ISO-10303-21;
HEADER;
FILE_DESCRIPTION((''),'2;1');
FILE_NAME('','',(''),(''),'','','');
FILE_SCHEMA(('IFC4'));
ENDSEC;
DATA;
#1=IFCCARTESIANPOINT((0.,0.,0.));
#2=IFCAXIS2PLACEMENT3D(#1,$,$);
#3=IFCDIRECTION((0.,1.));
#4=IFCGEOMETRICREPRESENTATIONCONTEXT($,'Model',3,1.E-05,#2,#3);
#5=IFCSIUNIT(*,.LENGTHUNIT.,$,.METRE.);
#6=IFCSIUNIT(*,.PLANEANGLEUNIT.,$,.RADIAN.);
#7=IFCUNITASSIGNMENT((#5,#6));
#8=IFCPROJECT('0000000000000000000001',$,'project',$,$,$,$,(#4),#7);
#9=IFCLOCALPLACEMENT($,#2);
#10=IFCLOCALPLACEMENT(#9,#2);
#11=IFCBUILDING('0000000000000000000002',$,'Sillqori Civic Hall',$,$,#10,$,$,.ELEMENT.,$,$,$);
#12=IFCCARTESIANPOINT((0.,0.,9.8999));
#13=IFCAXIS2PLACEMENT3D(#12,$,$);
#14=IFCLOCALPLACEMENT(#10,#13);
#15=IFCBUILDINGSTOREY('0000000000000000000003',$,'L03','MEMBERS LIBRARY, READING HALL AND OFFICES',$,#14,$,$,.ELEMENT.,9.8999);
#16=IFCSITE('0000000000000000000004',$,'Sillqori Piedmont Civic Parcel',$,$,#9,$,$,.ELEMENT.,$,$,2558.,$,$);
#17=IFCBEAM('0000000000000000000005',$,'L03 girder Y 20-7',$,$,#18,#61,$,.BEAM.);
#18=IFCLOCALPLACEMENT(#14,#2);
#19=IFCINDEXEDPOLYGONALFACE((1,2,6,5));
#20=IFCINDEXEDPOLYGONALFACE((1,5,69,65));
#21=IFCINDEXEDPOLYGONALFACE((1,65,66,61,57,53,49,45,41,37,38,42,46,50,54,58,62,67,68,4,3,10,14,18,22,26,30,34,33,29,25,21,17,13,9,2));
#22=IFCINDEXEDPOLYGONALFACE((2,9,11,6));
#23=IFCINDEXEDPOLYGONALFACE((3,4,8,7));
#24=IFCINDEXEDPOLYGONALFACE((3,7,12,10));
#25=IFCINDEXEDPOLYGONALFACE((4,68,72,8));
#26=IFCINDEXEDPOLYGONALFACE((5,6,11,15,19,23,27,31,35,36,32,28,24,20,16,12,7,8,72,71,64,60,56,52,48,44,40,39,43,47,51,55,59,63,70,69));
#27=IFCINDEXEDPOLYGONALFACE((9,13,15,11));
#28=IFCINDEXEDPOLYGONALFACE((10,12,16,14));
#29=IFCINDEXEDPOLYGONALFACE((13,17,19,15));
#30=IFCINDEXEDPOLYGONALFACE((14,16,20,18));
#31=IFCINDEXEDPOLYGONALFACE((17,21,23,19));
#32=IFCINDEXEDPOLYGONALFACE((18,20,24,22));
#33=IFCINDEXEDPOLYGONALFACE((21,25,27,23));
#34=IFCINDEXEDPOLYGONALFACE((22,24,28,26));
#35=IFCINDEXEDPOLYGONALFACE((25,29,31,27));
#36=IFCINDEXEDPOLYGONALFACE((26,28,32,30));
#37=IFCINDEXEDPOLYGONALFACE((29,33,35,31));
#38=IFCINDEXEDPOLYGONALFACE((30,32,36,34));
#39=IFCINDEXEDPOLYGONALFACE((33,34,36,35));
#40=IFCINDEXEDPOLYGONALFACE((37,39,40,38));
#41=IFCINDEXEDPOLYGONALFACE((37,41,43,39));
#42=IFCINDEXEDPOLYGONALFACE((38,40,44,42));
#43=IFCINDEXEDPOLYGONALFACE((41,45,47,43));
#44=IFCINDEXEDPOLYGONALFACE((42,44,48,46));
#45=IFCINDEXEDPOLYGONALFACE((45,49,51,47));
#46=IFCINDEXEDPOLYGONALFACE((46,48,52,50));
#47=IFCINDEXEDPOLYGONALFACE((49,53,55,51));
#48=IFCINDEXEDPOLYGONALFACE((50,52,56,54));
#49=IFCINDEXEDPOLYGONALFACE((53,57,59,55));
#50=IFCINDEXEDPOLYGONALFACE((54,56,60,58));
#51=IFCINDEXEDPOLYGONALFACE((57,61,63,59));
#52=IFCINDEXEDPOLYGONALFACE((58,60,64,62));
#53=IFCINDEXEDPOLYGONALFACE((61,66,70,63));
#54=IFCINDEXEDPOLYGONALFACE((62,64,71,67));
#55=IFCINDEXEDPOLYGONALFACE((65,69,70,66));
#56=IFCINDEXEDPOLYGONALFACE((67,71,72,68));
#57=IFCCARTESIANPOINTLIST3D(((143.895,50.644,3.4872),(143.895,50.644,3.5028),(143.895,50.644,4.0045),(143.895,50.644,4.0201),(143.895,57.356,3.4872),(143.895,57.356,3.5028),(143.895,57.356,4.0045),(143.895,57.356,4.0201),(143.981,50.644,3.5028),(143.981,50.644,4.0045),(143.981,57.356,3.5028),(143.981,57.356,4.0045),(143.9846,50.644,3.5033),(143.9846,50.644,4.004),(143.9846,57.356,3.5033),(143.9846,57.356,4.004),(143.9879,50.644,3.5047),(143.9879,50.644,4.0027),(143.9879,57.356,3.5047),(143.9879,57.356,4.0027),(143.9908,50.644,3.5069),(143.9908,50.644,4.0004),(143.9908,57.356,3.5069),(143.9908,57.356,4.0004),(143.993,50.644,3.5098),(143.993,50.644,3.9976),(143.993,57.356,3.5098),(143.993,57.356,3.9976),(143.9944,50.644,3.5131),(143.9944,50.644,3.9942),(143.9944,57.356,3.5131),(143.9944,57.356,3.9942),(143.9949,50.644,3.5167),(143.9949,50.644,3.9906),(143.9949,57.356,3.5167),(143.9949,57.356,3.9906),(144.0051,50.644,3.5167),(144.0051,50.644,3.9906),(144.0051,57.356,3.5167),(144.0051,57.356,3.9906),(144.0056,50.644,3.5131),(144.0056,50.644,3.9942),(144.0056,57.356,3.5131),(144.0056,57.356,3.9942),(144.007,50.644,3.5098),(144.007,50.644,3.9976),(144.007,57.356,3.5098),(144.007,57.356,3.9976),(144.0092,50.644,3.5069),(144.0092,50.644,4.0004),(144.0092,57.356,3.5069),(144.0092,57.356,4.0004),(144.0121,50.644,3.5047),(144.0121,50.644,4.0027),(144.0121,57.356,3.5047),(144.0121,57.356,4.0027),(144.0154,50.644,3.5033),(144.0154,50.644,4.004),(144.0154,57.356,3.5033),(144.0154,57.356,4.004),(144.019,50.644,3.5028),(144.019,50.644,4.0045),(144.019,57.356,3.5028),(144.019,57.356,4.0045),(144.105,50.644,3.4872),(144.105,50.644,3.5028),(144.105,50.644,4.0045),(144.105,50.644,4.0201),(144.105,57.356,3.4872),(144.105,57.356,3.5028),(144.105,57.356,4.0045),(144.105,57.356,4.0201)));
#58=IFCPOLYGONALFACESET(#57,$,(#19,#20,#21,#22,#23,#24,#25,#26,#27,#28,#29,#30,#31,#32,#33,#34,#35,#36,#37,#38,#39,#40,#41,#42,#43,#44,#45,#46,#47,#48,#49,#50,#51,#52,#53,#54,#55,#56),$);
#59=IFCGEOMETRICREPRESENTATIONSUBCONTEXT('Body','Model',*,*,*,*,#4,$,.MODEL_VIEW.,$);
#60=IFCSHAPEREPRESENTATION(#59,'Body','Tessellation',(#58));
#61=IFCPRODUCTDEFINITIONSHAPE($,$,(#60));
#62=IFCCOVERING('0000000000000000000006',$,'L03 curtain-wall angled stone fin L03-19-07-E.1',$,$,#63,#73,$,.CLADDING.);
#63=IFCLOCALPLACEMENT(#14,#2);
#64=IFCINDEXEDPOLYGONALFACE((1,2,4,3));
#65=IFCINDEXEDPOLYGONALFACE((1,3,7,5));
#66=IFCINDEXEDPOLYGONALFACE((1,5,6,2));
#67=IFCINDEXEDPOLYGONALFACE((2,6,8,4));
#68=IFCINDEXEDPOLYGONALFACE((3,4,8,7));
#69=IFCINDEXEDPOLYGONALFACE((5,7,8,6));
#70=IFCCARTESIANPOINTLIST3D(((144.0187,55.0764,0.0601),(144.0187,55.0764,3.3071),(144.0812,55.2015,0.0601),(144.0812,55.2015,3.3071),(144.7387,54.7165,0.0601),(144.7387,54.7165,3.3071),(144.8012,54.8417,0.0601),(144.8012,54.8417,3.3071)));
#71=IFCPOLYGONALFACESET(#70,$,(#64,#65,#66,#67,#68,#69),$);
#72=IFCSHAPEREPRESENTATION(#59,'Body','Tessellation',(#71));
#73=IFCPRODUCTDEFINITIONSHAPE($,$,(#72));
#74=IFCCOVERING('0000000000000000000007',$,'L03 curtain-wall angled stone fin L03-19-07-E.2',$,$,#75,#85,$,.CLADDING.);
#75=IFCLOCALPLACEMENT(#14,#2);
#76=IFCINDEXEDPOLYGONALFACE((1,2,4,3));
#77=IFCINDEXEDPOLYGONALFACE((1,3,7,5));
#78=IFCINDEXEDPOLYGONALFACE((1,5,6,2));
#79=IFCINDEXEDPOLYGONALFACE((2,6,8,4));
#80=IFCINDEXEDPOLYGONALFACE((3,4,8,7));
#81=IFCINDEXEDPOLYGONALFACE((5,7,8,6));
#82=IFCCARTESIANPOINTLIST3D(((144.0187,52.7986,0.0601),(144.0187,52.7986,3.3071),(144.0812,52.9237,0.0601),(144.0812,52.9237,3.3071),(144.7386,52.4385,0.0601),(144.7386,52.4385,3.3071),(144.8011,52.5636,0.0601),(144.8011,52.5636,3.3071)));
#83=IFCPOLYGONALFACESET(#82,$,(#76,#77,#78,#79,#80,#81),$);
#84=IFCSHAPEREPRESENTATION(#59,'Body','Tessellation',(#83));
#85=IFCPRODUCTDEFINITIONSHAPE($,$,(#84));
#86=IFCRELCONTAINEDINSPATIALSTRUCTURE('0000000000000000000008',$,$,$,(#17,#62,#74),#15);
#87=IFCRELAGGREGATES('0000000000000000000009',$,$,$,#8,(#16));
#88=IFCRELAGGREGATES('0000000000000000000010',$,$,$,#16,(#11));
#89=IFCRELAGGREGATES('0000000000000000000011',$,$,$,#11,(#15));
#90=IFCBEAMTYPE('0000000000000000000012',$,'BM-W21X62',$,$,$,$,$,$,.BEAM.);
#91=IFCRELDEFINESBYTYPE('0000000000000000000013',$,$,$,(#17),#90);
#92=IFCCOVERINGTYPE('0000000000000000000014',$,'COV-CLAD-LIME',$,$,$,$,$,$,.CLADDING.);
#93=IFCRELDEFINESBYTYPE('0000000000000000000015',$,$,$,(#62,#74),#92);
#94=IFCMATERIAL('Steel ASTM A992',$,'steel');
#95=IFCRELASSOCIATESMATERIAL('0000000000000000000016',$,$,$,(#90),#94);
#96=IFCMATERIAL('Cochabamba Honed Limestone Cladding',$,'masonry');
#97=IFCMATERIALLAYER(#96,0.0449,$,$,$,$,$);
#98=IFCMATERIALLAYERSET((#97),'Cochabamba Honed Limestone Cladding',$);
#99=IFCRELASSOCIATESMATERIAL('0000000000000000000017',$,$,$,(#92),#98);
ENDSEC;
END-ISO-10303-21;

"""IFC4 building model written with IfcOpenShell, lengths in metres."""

from ifc_helpers import new_model, si_unit, direction, frame, frame_2d, origin, origin_2d, place, context, subcontext, project, spatial, rectangle, i_section, extrude, material, layer, layer_set, material_profile, profile_set, type_object, element, save


model = new_model("IFC4")

# Units and contexts
model_context = context("Model", 3, precision=1e-05, world=origin(), true_north=direction((0.0, 1.0)))
body_context = subcontext(model_context, "Body", "Model", "MODEL_VIEW")
ifc_project = project(units=[si_unit("LENGTHUNIT", "METRE"), si_unit("PLANEANGLEUNIT", "RADIAN")], contexts=[model_context])

# Site, building, storey
site_placement = place(None, origin())
site = spatial("IfcSite", under=ifc_project, at=site_placement, Name="Sillqori Piedmont Civic Parcel", CompositionType="ELEMENT", RefElevation=2558.0)
building_placement = place(site_placement, origin())
building = spatial("IfcBuilding", under=site, at=building_placement, Name="Sillqori Civic Hall", CompositionType="ELEMENT")
storey_placement = place(building_placement, frame((0.0, 0.0, 9.8999)))
storey = spatial("IfcBuildingStorey", under=building, at=storey_placement, Name="L03", Description="MEMBERS LIBRARY, READING HALL AND OFFICES", CompositionType="ELEMENT", Elevation=9.8999)

# Beam
ifc_material_1 = material(Name="Steel ASTM A992", Category="steel")
ifc_material_profile_1 = material_profile(ifc_material_1, i_section(OverallWidth=0.21, OverallDepth=0.533, WebThickness=0.0103, FlangeThickness=0.0156, FilletRadius=0.0139, at=origin_2d()), Name="W21X62")
ifc_profile_set_1 = profile_set([ifc_material_profile_1], Name="Steel ASTM A992")
beam_type = type_object("IfcBeamType", Name="BM-W21X62", PredefinedType="BEAM", material=ifc_profile_set_1)
beam_placement = place(storey_placement, frame((144.0, 50.644, 3.7537), z_axis=(0.0, 1.0, 0.0), x_axis=(-1.0, 0.0, 0.0)))
element("IfcBeam", 1, at=beam_placement, inside=storey, type_object=beam_type, Name="L03 girder Y 20-7", PredefinedType="BEAM", context=body_context, shape_type="SweptSolid", body=[
    extrude(i_section(OverallWidth=0.21, OverallDepth=0.533, WebThickness=0.0103, FlangeThickness=0.0156, FilletRadius=0.0139, at=origin_2d()), origin(), (0.0, 0.0, 1.0), 6.7119),
])

# Coverings
ifc_material_2 = material(Name="Cochabamba Honed Limestone Cladding", Category="masonry")
ifc_layer_1 = layer(ifc_material_2, 0.0449)
ifc_layer_set_1 = layer_set([ifc_layer_1], Name="Cochabamba Honed Limestone Cladding")
covering_type = type_object("IfcCoveringType", Name="COV-CLAD-LIME", PredefinedType="CLADDING", material=ifc_layer_set_1)
for number, where, z_axis, x_axis, name in (
    (2, (144.05, 55.1389, 0.0601), (0.0, 0.0, 1.0), (0.894488, -0.447092, 0.0), "L03 curtain-wall angled stone fin L03-19-07-E.1"),
    (3, (144.05, 52.8611, 0.0601), (0.0, 0.0, 1.0), (0.894367, -0.447335, 0.0), "L03 curtain-wall angled stone fin L03-19-07-E.2"),
):
    element("IfcCovering", number, at=place(storey_placement, frame(where, z_axis=z_axis, x_axis=x_axis)), inside=storey, type_object=covering_type, Name=name, PredefinedType="CLADDING", context=body_context, shape_type="SweptSolid", body=[
        extrude(rectangle(XDim=0.8049, YDim=0.1399, at=frame_2d((0.4023, 0.0))), origin(), (0.0, 0.0, 1.0), 3.2471),
    ])

save(model, "model.ifc")
